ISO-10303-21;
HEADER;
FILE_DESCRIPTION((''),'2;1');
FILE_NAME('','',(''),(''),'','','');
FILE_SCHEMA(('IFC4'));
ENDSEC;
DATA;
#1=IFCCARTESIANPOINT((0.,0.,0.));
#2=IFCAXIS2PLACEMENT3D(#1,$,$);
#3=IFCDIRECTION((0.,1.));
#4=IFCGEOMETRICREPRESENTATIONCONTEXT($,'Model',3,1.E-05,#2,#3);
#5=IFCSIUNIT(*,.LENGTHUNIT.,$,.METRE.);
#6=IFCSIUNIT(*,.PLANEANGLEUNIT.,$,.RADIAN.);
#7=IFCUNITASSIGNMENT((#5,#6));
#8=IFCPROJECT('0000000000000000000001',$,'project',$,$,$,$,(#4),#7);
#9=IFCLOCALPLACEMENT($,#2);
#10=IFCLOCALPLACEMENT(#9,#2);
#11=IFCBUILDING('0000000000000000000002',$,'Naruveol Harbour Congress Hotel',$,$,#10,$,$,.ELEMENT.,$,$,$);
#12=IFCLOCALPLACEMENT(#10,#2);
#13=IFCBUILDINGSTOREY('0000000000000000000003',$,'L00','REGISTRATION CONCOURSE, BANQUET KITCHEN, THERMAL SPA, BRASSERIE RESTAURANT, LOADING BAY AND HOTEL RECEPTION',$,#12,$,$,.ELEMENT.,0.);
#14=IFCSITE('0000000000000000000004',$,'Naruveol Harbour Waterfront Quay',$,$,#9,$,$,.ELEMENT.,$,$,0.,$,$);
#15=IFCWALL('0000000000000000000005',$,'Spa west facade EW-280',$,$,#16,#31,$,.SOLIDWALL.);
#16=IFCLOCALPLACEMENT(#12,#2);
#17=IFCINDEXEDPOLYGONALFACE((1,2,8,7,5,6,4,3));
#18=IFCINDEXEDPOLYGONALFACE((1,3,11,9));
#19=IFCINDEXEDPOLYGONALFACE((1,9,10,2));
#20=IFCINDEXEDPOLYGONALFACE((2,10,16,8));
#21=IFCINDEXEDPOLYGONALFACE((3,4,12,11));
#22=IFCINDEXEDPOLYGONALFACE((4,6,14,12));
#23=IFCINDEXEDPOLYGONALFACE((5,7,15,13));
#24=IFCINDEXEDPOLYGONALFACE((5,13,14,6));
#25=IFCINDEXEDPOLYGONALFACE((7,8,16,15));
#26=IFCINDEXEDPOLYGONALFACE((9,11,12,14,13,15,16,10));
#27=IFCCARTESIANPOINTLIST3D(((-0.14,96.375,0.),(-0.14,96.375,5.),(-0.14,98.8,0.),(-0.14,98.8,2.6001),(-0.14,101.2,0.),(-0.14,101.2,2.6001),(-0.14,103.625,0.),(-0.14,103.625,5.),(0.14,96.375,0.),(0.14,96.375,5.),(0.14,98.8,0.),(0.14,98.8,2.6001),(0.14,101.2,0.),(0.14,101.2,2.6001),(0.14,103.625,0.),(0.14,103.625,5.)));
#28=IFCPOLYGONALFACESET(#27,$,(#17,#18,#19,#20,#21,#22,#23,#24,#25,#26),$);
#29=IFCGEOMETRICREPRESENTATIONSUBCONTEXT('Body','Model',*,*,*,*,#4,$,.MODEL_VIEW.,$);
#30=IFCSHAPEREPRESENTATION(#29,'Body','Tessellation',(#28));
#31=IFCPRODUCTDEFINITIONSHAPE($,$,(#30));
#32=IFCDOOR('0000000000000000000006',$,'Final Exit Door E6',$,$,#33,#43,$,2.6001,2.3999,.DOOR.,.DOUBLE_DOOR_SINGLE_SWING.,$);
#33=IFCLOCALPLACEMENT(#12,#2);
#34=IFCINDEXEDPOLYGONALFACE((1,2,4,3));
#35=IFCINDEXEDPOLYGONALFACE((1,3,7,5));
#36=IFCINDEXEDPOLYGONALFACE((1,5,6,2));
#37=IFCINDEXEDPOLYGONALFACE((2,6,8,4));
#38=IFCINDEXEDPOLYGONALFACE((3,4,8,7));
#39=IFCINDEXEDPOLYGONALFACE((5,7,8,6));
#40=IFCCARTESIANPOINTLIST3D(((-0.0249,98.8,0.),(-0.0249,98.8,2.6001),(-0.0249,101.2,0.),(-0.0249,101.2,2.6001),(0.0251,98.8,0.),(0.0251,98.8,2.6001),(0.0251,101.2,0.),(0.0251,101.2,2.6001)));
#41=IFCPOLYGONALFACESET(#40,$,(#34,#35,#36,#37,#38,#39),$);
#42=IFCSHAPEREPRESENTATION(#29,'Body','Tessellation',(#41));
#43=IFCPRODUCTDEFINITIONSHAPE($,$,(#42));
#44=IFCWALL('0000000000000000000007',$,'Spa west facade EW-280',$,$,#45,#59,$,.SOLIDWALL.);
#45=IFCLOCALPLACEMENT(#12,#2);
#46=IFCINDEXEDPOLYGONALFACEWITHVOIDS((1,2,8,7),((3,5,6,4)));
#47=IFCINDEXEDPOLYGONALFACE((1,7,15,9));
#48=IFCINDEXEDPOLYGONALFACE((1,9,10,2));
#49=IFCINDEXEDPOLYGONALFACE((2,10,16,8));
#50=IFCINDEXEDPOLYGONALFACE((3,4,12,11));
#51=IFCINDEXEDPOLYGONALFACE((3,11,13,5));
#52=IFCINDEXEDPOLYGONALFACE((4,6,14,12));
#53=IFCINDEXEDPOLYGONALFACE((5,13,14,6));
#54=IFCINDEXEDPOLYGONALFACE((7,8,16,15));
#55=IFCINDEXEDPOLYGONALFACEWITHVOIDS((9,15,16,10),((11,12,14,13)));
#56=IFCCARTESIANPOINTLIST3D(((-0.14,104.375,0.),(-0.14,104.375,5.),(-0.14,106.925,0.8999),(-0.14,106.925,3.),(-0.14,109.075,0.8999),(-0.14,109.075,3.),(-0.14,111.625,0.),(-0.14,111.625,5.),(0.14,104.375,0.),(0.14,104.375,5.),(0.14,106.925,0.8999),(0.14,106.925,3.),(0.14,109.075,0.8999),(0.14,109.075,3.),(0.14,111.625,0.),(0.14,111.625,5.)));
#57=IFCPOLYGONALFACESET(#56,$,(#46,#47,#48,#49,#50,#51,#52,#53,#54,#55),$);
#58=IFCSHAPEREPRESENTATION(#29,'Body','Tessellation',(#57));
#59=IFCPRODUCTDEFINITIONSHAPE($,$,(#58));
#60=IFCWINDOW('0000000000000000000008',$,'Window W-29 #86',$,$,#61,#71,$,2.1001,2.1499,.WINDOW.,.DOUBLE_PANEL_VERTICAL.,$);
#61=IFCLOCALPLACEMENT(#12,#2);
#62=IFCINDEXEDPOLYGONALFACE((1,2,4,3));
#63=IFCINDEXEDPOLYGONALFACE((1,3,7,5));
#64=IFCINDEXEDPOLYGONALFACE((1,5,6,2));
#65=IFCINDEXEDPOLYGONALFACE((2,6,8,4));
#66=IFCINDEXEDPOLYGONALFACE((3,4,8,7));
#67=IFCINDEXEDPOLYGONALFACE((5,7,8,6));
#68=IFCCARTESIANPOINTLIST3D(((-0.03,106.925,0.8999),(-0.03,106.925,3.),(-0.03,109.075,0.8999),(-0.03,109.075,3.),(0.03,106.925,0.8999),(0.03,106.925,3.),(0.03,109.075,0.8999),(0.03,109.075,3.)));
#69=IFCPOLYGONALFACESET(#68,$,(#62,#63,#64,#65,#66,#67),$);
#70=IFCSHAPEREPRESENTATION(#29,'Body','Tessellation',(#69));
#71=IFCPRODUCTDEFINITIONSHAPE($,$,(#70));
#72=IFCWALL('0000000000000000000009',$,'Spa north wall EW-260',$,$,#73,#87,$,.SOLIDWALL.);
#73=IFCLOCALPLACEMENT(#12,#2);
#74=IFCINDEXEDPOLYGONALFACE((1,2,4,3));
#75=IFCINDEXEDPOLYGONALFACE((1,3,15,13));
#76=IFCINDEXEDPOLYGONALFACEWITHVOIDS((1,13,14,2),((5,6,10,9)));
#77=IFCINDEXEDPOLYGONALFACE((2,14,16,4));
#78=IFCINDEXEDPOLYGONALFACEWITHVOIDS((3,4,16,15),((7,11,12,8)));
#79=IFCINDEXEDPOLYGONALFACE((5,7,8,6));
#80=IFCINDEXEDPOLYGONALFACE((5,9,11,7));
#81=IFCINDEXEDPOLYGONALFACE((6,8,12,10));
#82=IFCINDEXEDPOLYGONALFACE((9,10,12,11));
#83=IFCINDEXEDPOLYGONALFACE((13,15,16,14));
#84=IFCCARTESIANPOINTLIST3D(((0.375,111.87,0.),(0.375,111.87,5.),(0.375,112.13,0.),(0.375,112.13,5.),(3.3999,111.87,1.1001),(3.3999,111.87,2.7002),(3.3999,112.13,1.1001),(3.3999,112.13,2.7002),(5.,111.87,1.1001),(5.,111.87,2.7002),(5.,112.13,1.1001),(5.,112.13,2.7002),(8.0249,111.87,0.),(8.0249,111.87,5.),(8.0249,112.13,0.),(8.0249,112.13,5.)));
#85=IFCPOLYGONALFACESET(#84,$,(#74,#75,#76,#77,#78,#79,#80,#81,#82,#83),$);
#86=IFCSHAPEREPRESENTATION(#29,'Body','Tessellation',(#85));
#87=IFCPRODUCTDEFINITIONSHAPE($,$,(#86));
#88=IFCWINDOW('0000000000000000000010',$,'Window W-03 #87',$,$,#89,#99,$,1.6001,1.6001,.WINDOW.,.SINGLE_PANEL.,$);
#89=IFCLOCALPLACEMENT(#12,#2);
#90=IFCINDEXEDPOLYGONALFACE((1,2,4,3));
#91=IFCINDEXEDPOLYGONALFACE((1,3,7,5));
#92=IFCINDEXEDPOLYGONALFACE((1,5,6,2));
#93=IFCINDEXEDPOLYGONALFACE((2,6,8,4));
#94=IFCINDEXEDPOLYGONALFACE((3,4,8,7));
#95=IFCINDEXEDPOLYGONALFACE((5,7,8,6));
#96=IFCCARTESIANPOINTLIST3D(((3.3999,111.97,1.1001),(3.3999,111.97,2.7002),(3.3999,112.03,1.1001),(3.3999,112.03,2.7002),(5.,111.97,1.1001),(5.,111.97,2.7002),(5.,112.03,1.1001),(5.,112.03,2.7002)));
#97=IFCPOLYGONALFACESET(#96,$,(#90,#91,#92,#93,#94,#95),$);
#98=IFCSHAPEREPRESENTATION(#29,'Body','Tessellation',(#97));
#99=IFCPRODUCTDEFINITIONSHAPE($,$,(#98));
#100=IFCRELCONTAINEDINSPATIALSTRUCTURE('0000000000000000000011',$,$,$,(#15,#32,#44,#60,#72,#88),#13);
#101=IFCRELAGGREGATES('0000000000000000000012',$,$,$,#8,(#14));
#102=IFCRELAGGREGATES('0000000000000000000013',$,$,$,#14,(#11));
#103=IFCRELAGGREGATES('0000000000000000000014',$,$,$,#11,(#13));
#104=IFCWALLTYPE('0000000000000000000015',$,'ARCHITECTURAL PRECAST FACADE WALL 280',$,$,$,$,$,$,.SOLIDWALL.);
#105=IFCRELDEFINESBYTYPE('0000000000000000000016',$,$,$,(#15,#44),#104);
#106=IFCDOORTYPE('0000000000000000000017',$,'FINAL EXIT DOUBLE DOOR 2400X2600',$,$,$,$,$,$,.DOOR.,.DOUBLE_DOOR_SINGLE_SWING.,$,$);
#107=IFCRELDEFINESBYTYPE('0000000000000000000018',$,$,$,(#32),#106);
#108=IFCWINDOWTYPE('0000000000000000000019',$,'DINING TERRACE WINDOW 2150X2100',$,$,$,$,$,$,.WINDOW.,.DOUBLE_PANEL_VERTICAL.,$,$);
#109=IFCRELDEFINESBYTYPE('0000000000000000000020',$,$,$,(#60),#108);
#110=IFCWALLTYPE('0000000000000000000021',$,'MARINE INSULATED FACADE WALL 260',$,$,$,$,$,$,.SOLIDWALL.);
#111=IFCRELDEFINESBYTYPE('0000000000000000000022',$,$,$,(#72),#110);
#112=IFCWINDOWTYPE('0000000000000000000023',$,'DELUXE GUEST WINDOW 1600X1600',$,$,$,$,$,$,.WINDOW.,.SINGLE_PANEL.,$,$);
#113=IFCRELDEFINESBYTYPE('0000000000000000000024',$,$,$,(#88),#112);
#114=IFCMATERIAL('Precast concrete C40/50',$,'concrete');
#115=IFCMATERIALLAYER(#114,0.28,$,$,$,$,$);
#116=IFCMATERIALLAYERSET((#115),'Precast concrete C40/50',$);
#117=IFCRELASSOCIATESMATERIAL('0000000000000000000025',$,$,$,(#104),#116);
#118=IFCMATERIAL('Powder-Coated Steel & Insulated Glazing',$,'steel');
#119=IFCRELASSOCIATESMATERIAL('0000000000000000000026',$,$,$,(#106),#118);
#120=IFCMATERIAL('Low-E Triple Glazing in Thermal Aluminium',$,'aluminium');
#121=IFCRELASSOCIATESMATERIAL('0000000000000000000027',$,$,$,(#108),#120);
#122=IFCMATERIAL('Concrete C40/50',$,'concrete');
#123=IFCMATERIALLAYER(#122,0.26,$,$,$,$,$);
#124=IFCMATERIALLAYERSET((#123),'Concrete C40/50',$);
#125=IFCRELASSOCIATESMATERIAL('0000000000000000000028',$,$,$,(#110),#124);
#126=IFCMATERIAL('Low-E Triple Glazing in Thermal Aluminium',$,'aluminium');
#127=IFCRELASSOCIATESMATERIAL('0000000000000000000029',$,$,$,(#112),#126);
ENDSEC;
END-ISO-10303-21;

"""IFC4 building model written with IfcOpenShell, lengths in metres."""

from ifc_helpers import new_model, si_unit, direction, frame, frame_2d, origin, place, context, subcontext, project, spatial, rectangle, extrude, material, layer, layer_set, type_object, element, fill, save


model = new_model("IFC4")

# Units and contexts
model_context = context("Model", 3, precision=1e-05, world=origin(), true_north=direction((0.0, 1.0)))
body_context = subcontext(model_context, "Body", "Model", "MODEL_VIEW")
ifc_project = project(units=[si_unit("LENGTHUNIT", "METRE"), si_unit("PLANEANGLEUNIT", "RADIAN")], contexts=[model_context])

# Site, building, storey
site_placement = place(None, origin())
site = spatial("IfcSite", under=ifc_project, at=site_placement, Name="Naruveol Harbour Waterfront Quay", CompositionType="ELEMENT", RefElevation=0.0)
building_placement = place(site_placement, origin())
building = spatial("IfcBuilding", under=site, at=building_placement, Name="Naruveol Harbour Congress Hotel", CompositionType="ELEMENT")
storey_placement = place(building_placement, origin())
storey = spatial("IfcBuildingStorey", under=building, at=storey_placement, Name="L00", Description="REGISTRATION CONCOURSE, BANQUET KITCHEN, THERMAL SPA, BRASSERIE RESTAURANT, LOADING BAY AND HOTEL RECEPTION", CompositionType="ELEMENT", Elevation=0.0)

# Wall, opening, door
ifc_material_1 = material(Name="Precast concrete C40/50", Category="concrete")
ifc_layer_1 = layer(ifc_material_1, 0.28)
ifc_layer_set_1 = layer_set([ifc_layer_1], Name="Precast concrete C40/50")
wall_type_1 = type_object("IfcWallType", Name="ARCHITECTURAL PRECAST FACADE WALL 280", PredefinedType="SOLIDWALL", material=ifc_layer_set_1)
wall_1_placement = place(storey_placement, frame((0.0, 96.375, 0.0), z_axis=(0.0, 0.0, 1.0), x_axis=(0.0, 1.0, 0.0)))
wall_1 = element("IfcWall", 1, at=wall_1_placement, inside=storey, type_object=wall_type_1, Name="Spa west facade EW-280", PredefinedType="SOLIDWALL", context=body_context, shape_type="SweptSolid", body=[
    extrude(rectangle(XDim=7.25, YDim=0.28, at=frame_2d((3.625, 0.0))), origin(), (0.0, 0.0, 1.0), 5.0),
])
opening_1_placement = place(wall_1_placement, frame((2.425, 0.0, 0.0)))
opening_1 = element("IfcOpeningElement", 2, at=opening_1_placement, cuts=wall_1, PredefinedType="OPENING", context=body_context, shape_type="SweptSolid", body=[
    extrude(rectangle(XDim=2.3999, YDim=2.6001, at=frame_2d((1.2, 1.3))), frame((0.0, 0.1499, 0.0), z_axis=(0.0, -1.0, 0.0), x_axis=(1.0, 0.0, 0.0)), (0.0, 0.0, 1.0), 0.3),
])
ifc_material_2 = material(Name="Powder-Coated Steel & Insulated Glazing", Category="steel")
door_type = type_object("IfcDoorType", Name="FINAL EXIT DOUBLE DOOR 2400X2600", OperationType="DOUBLE_DOOR_SINGLE_SWING", PredefinedType="DOOR", material=ifc_material_2)
door_placement = place(opening_1_placement, origin())
door = element("IfcDoor", 3, at=door_placement, inside=storey, type_object=door_type, Name="Final Exit Door E6", OperationType="DOUBLE_DOOR_SINGLE_SWING", OverallHeight=2.6001, OverallWidth=2.3999, PredefinedType="DOOR", context=body_context, shape_type="SweptSolid", body=[
    extrude(rectangle(XDim=2.3999, YDim=2.6001, at=frame_2d((1.2, 1.3))), frame((0.0, 0.0249, 0.0), z_axis=(0.0, -1.0, 0.0), x_axis=(1.0, 0.0, 0.0)), (0.0, 0.0, 1.0), 0.05),
])
fill(opening_1, door)

# Walls, openings, windows
wall_2_placement = place(storey_placement, frame((0.0, 104.375, 0.0), z_axis=(0.0, 0.0, 1.0), x_axis=(0.0, 1.0, 0.0)))
wall_2 = element("IfcWall", 4, at=wall_2_placement, inside=storey, type_object=wall_type_1, Name="Spa west facade EW-280", PredefinedType="SOLIDWALL", context=body_context, shape_type="SweptSolid", body=[
    extrude(rectangle(XDim=7.25, YDim=0.28, at=frame_2d((3.625, 0.0))), origin(), (0.0, 0.0, 1.0), 5.0),
])
opening_2_placement = place(wall_2_placement, frame((2.55, 0.0, 0.8999)))
opening_2 = element("IfcOpeningElement", 5, at=opening_2_placement, cuts=wall_2, PredefinedType="OPENING", context=body_context, shape_type="SweptSolid", body=[
    extrude(rectangle(XDim=2.1499, YDim=2.1001, at=frame_2d((1.075, 1.05))), frame((0.0, 0.1499, 0.0), z_axis=(0.0, -1.0, 0.0), x_axis=(1.0, 0.0, 0.0)), (0.0, 0.0, 1.0), 0.3),
])
ifc_material_3 = material(Name="Low-E Triple Glazing in Thermal Aluminium", Category="aluminium")
window_type_1 = type_object("IfcWindowType", Name="DINING TERRACE WINDOW 2150X2100", PartitioningType="DOUBLE_PANEL_VERTICAL", PredefinedType="WINDOW", material=ifc_material_3)
window_1_placement = place(opening_2_placement, origin())
window_1 = element("IfcWindow", 6, at=window_1_placement, inside=storey, type_object=window_type_1, Name="Window W-29 #86", OverallHeight=2.1001, OverallWidth=2.1499, PartitioningType="DOUBLE_PANEL_VERTICAL", PredefinedType="WINDOW", context=body_context, shape_type="SweptSolid", body=[
    extrude(rectangle(XDim=2.1499, YDim=2.1001, at=frame_2d((1.075, 1.05))), frame((0.0, 0.03, 0.0), z_axis=(0.0, -1.0, 0.0), x_axis=(1.0, 0.0, 0.0)), (0.0, 0.0, 1.0), 0.0601),
])
fill(opening_2, window_1)
ifc_material_4 = material(Name="Concrete C40/50", Category="concrete")
ifc_layer_2 = layer(ifc_material_4, 0.26)
ifc_layer_set_2 = layer_set([ifc_layer_2], Name="Concrete C40/50")
wall_type_2 = type_object("IfcWallType", Name="MARINE INSULATED FACADE WALL 260", PredefinedType="SOLIDWALL", material=ifc_layer_set_2)
wall_3_placement = place(storey_placement, frame((0.375, 112.0, 0.0), z_axis=(0.0, 0.0, 1.0), x_axis=(1.0, 0.0, 0.0)))
wall_3 = element("IfcWall", 7, at=wall_3_placement, inside=storey, type_object=wall_type_2, Name="Spa north wall EW-260", PredefinedType="SOLIDWALL", context=body_context, shape_type="SweptSolid", body=[
    extrude(rectangle(XDim=7.6499, YDim=0.26, at=frame_2d((3.825, 0.0))), origin(), (0.0, 0.0, 1.0), 5.0),
])
opening_3_placement = place(wall_3_placement, frame((3.0249, 0.0, 1.1001)))
opening_3 = element("IfcOpeningElement", 8, at=opening_3_placement, cuts=wall_3, PredefinedType="OPENING", context=body_context, shape_type="SweptSolid", body=[
    extrude(rectangle(XDim=1.6001, YDim=1.6001, at=frame_2d((0.8, 0.8))), frame((0.0, 0.1399, 0.0), z_axis=(0.0, -1.0, 0.0), x_axis=(1.0, 0.0, 0.0)), (0.0, 0.0, 1.0), 0.28),
])
ifc_material_5 = material(Name="Low-E Triple Glazing in Thermal Aluminium", Category="aluminium")
window_type_2 = type_object("IfcWindowType", Name="DELUXE GUEST WINDOW 1600X1600", PartitioningType="SINGLE_PANEL", PredefinedType="WINDOW", material=ifc_material_5)
window_2_placement = place(opening_3_placement, origin())
window_2 = element("IfcWindow", 9, at=window_2_placement, inside=storey, type_object=window_type_2, Name="Window W-03 #87", OverallHeight=1.6001, OverallWidth=1.6001, PartitioningType="SINGLE_PANEL", PredefinedType="WINDOW", context=body_context, shape_type="SweptSolid", body=[
    extrude(rectangle(XDim=1.6001, YDim=1.6001, at=frame_2d((0.8, 0.8))), frame((0.0, 0.03, 0.0), z_axis=(0.0, -1.0, 0.0), x_axis=(1.0, 0.0, 0.0)), (0.0, 0.0, 1.0), 0.0601),
])
fill(opening_3, window_2)

save(model, "model.ifc")
